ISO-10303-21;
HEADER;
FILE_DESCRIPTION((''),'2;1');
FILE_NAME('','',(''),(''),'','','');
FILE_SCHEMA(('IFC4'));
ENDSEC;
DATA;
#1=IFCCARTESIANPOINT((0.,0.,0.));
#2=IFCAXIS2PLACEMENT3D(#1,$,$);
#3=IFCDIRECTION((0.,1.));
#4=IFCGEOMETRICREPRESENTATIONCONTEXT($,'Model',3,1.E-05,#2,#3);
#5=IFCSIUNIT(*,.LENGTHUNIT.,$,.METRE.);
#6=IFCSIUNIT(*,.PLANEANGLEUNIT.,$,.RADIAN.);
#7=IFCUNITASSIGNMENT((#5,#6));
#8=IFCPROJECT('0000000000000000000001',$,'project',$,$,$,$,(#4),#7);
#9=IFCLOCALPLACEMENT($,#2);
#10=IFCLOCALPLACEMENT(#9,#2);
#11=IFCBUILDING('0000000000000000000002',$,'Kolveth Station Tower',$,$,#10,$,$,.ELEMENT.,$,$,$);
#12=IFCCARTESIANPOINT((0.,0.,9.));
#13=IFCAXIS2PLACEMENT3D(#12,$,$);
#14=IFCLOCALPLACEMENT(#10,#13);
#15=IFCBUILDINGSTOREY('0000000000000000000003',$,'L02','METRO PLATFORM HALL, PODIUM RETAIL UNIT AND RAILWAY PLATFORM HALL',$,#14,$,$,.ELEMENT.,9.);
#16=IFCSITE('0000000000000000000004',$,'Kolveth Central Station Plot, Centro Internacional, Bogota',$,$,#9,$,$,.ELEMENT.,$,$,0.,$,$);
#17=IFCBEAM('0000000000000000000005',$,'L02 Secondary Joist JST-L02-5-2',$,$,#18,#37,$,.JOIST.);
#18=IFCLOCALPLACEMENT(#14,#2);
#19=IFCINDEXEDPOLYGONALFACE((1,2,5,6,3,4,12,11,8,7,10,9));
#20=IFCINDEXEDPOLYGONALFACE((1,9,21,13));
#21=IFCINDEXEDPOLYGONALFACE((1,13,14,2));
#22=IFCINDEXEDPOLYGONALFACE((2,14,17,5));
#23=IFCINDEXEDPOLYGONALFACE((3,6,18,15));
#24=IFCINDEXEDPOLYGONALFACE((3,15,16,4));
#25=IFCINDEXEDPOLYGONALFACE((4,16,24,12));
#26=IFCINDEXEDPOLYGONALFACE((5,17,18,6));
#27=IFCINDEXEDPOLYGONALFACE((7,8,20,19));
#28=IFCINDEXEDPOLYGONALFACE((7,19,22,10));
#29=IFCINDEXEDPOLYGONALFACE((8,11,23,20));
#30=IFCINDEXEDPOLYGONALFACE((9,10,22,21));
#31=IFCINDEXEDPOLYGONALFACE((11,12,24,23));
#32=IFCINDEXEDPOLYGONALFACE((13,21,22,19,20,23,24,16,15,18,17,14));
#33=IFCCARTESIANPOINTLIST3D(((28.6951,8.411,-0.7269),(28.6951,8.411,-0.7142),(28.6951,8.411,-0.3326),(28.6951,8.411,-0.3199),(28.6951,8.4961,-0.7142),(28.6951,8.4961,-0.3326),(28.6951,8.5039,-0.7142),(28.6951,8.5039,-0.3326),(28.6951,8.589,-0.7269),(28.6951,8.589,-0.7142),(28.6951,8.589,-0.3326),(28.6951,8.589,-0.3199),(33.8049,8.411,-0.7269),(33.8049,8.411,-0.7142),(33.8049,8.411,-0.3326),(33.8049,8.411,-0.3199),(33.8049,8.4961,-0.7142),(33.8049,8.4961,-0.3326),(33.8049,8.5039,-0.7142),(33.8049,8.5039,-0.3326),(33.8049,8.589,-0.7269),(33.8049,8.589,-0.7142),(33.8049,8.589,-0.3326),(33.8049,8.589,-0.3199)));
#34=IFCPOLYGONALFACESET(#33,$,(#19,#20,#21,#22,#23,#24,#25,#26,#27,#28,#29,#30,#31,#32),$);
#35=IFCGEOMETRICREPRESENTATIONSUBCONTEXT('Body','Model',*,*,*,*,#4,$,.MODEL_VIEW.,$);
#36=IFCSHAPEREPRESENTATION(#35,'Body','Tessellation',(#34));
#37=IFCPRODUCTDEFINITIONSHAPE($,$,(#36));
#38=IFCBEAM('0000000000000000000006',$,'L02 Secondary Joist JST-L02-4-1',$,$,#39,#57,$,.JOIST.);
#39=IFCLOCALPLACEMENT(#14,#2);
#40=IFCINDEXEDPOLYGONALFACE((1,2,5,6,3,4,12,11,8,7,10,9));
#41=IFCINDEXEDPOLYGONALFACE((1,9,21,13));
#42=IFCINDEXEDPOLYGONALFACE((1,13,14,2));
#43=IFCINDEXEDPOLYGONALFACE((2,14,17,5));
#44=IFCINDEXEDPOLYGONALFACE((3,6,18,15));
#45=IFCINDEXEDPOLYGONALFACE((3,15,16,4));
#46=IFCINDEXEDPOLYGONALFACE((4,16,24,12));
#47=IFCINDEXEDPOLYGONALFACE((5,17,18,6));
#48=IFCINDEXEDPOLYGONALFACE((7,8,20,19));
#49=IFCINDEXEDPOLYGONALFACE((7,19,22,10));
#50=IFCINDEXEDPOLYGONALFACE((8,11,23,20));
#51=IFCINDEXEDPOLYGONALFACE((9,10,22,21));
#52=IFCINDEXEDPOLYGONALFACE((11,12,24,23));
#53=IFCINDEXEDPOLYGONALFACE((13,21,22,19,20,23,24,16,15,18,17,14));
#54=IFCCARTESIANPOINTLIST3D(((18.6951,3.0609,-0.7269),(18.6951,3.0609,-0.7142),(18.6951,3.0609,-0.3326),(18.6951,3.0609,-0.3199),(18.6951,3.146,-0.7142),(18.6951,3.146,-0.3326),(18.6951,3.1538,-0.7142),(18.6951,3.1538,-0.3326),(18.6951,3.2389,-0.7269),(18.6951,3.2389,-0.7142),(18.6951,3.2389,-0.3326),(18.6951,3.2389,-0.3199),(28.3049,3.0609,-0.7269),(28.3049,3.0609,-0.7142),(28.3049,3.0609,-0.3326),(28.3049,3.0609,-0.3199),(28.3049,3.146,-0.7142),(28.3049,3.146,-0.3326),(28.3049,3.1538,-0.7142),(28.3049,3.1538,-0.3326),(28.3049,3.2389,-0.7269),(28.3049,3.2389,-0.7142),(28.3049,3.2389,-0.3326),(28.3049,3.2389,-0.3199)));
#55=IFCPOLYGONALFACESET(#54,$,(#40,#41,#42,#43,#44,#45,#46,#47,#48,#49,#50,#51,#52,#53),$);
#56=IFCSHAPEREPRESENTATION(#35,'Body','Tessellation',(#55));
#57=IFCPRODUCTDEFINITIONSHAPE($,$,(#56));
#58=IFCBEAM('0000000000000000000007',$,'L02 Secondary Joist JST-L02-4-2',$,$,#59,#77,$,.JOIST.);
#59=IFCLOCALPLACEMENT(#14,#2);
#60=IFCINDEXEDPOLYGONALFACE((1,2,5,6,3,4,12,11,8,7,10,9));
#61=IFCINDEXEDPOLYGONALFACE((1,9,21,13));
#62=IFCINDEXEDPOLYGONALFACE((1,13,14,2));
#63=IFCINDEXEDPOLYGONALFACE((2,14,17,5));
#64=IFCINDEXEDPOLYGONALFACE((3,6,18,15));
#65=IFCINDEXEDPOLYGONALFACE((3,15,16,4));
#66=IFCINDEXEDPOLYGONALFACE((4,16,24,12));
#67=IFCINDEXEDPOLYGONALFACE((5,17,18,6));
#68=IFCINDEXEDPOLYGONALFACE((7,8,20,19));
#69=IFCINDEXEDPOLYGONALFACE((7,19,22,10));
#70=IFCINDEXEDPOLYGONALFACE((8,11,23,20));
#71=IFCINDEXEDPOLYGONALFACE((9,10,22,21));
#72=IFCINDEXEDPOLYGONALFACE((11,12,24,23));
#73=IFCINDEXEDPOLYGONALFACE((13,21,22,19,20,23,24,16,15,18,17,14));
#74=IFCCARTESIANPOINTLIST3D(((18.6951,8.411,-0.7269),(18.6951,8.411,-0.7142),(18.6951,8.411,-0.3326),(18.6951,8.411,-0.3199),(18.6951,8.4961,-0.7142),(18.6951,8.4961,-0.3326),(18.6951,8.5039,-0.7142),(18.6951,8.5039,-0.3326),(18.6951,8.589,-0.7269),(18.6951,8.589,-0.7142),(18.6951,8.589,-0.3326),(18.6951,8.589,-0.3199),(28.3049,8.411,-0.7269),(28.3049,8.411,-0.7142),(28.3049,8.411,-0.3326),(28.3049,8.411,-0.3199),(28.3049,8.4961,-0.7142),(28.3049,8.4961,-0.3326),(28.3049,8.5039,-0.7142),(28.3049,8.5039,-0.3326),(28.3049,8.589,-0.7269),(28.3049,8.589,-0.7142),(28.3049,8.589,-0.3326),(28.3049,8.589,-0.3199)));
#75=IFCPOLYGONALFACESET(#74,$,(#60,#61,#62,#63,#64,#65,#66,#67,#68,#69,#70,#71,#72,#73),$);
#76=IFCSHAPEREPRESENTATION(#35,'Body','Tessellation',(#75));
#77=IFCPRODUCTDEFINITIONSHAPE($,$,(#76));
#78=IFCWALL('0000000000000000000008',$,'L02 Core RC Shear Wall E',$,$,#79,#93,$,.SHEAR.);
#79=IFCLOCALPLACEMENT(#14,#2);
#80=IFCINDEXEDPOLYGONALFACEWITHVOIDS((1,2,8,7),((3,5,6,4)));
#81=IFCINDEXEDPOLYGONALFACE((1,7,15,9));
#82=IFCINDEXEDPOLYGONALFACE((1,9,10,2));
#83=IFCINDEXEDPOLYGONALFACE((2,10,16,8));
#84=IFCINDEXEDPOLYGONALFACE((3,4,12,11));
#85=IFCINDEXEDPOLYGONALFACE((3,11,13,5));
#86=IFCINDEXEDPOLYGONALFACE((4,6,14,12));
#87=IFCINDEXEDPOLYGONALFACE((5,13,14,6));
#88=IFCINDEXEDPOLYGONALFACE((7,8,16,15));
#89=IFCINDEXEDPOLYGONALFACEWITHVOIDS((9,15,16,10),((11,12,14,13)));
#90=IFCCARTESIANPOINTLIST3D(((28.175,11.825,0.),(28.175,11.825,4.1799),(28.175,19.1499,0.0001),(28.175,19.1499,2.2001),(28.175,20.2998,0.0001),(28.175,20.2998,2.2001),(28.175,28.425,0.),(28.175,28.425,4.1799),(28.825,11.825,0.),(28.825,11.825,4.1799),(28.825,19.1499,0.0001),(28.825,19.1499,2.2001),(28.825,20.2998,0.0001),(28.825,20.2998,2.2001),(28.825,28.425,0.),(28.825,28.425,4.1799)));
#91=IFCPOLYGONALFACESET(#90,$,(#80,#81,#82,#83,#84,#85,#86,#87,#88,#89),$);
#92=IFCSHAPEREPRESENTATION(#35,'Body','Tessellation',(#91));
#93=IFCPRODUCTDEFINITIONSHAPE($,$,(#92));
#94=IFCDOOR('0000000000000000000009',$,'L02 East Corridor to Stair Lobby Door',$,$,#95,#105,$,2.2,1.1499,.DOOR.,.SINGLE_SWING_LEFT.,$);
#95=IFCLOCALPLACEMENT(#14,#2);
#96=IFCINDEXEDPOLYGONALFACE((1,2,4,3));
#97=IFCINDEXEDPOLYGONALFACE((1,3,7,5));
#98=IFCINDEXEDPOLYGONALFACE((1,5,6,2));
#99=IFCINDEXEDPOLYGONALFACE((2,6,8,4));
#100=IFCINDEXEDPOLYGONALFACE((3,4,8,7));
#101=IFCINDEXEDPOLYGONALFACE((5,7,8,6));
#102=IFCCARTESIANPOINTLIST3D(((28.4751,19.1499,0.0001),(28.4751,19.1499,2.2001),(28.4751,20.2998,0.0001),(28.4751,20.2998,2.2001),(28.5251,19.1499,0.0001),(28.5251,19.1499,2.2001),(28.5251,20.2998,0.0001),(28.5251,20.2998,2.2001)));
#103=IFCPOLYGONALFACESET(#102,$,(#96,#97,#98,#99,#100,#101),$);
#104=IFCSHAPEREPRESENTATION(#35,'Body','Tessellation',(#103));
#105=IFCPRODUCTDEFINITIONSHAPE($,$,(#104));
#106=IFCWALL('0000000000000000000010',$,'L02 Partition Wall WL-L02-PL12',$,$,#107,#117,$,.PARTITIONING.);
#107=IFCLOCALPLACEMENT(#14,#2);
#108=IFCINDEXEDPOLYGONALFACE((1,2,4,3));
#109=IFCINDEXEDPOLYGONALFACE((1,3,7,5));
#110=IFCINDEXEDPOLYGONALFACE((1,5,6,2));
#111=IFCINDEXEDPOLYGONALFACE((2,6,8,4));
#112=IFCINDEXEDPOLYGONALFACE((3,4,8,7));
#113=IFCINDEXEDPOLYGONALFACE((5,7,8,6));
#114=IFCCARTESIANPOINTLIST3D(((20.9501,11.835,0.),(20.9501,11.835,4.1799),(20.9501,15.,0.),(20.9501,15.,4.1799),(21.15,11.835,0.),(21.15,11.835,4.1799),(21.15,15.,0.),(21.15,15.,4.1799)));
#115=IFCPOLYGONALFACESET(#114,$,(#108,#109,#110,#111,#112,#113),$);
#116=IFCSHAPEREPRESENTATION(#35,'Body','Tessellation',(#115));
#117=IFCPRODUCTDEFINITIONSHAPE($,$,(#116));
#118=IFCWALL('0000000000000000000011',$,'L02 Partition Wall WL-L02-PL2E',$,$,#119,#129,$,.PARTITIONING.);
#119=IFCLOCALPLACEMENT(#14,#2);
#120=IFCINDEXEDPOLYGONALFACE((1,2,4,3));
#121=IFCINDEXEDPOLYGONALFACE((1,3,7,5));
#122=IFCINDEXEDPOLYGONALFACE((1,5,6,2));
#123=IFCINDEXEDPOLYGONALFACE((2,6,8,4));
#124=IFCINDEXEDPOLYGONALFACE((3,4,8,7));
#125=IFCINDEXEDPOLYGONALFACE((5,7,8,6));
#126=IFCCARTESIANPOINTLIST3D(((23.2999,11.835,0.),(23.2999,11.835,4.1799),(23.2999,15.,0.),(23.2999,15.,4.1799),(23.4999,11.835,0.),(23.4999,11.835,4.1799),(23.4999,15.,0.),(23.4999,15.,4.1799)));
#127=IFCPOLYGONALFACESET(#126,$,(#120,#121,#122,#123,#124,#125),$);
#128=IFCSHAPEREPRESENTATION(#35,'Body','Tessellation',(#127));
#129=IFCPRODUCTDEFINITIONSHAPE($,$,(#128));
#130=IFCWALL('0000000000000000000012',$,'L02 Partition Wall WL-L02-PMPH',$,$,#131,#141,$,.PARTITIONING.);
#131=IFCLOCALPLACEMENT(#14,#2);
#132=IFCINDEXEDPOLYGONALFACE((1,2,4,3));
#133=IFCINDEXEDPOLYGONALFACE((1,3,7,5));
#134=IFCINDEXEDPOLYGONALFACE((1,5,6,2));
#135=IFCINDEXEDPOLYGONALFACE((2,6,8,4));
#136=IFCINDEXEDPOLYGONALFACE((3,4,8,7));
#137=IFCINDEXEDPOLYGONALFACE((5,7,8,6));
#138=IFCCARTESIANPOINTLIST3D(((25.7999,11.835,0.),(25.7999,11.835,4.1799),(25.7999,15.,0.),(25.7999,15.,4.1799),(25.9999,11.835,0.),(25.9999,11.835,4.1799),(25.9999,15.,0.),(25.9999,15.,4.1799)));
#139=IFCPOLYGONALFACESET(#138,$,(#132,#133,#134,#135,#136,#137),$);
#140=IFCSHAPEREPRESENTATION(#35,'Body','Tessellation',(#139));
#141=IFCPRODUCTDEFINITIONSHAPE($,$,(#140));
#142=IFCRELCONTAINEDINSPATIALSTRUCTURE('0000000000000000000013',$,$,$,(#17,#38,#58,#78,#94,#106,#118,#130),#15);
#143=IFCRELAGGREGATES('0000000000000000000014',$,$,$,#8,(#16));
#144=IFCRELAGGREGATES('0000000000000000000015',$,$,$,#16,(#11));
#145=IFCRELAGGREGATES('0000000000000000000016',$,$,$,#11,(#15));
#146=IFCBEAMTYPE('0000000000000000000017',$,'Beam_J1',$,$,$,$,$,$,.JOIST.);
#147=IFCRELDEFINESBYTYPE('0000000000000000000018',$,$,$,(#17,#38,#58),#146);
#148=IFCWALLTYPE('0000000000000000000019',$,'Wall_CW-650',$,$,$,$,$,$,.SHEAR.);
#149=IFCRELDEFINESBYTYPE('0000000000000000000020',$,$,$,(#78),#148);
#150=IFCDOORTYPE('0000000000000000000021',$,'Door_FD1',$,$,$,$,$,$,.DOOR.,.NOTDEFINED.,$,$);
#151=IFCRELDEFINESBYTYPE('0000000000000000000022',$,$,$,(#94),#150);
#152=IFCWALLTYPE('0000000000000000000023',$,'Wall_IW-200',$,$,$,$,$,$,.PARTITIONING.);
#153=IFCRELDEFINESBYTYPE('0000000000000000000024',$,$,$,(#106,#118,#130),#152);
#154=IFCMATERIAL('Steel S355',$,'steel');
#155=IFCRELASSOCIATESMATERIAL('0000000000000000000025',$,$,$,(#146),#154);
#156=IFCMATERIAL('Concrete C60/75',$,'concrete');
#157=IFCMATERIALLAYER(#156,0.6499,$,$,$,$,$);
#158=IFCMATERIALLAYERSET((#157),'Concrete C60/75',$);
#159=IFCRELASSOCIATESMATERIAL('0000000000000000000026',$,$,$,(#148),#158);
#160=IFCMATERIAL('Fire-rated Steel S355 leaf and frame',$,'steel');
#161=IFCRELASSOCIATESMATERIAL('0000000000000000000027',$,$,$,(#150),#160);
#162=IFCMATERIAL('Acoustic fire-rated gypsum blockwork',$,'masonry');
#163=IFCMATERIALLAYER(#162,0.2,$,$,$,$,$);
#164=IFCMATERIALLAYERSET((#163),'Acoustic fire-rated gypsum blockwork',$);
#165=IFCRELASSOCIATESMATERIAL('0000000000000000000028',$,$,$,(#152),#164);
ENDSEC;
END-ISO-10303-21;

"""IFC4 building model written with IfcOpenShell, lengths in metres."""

from ifc_helpers import new_model, si_unit, direction, frame, frame_2d, origin, origin_2d, place, context, subcontext, project, spatial, rectangle, i_section, extrude, source, transform, mapped, material, layer, layer_set, material_profile, profile_set, type_object, element, fill, save


model = new_model("IFC4")

# Units and contexts
model_context = context("Model", 3, precision=1e-05, world=origin(), true_north=direction((0.0, 1.0)))
body_context = subcontext(model_context, "Body", "Model", "MODEL_VIEW")
ifc_project = project(units=[si_unit("LENGTHUNIT", "METRE"), si_unit("PLANEANGLEUNIT", "RADIAN")], contexts=[model_context])

# Site, building, storey
site_placement = place(None, origin())
site = spatial("IfcSite", under=ifc_project, at=site_placement, Name="Kolveth Central Station Plot, Centro Internacional, Bogota", CompositionType="ELEMENT", RefElevation=0.0)
building_placement = place(site_placement, origin())
building = spatial("IfcBuilding", under=site, at=building_placement, Name="Kolveth Station Tower", CompositionType="ELEMENT")
storey_placement = place(building_placement, frame((0.0, 0.0, 9.0)))
storey = spatial("IfcBuildingStorey", under=building, at=storey_placement, Name="L02", Description="METRO PLATFORM HALL, PODIUM RETAIL UNIT AND RAILWAY PLATFORM HALL", CompositionType="ELEMENT", Elevation=9.0)

# Beams
ifc_material_1 = material(Name="Steel S355", Category="steel")
ifc_material_2 = material(Name="Concrete C60/75", Category="concrete")
ifc_material_profile_1 = material_profile(ifc_material_1, i_section(OverallWidth=0.178, OverallDepth=0.407, WebThickness=0.0078, FlangeThickness=0.0127, at=origin_2d()), Name="W410x60")
ifc_profile_set_1 = profile_set([ifc_material_profile_1], Name="Steel S355")
beam_type_1 = type_object("IfcBeamType", Name="Beam_J1", PredefinedType="JOIST", material=ifc_profile_set_1)
shared_shape_1 = source(origin(), body_context, "Body", "SweptSolid", [
    extrude(i_section(OverallWidth=0.178, OverallDepth=0.407, WebThickness=0.0078, FlangeThickness=0.0127, at=origin_2d()), origin(), (0.0, 0.0, 1.0), 5.1099),
])
for number, where, z_axis, x_axis, name in (
    (1, (28.6951, 8.5, -0.5234), (1.0, 0.0, 0.0), (0.0, 1.0, 0.0), "L02 Secondary Joist JST-L02-5-2"),
):
    element("IfcBeam", number, at=place(storey_placement, frame(where, z_axis=z_axis, x_axis=x_axis)), inside=storey, type_object=beam_type_1, Name=name, PredefinedType="JOIST", context=body_context, shape_type="MappedRepresentation", body=[
        mapped(shared_shape_1, transform((0.0, 0.0, 0.0), x_axis=(1.0, 0.0, 0.0), y_axis=(0.0, 1.0, 0.0), z_axis=(0.0, 0.0, 1.0), scale=1.0)),
    ])
shared_shape_2 = source(origin(), body_context, "Body", "SweptSolid", [
    extrude(i_section(OverallWidth=0.178, OverallDepth=0.407, WebThickness=0.0078, FlangeThickness=0.0127, at=origin_2d()), origin(), (0.0, 0.0, 1.0), 9.6099),
])
for number, where, z_axis, x_axis, name in (
    (2, (18.6951, 3.1499, -0.5234), (1.0, 0.0, 0.0), (0.0, 1.0, 0.0), "L02 Secondary Joist JST-L02-4-1"),
    (3, (18.6951, 8.5, -0.5234), (1.0, 0.0, 0.0), (0.0, 1.0, 0.0), "L02 Secondary Joist JST-L02-4-2"),
):
    element("IfcBeam", number, at=place(storey_placement, frame(where, z_axis=z_axis, x_axis=x_axis)), inside=storey, type_object=beam_type_1, Name=name, PredefinedType="JOIST", context=body_context, shape_type="MappedRepresentation", body=[
        mapped(shared_shape_2, transform((0.0, 0.0, 0.0), x_axis=(1.0, 0.0, 0.0), y_axis=(0.0, 1.0, 0.0), z_axis=(0.0, 0.0, 1.0), scale=1.0)),
    ])

# Wall, opening, door
ifc_layer_1 = layer(ifc_material_2, 0.6499)
ifc_layer_set_1 = layer_set([ifc_layer_1], Name="Concrete C60/75")
wall_type_1 = type_object("IfcWallType", Name="Wall_CW-650", PredefinedType="SHEAR", material=ifc_layer_set_1)
wall_placement = place(storey_placement, frame((28.5, 11.825, 0.0), z_axis=(0.0, 0.0, 1.0), x_axis=(0.0, 1.0, 0.0)))
wall = element("IfcWall", 4, at=wall_placement, inside=storey, type_object=wall_type_1, Name="L02 Core RC Shear Wall E", PredefinedType="SHEAR", context=body_context, shape_type="SweptSolid", body=[
    extrude(rectangle(XDim=16.6001, YDim=0.6499, at=frame_2d((8.3, 0.0))), origin(), (0.0, 0.0, 1.0), 4.1799),
])
opening_placement = place(wall_placement, frame((7.325, 0.0, 0.0)))
opening = element("IfcOpeningElement", 5, at=opening_placement, cuts=wall, PredefinedType="OPENING", context=body_context, shape_type="SweptSolid", body=[
    extrude(rectangle(XDim=1.1499, YDim=2.2, at=frame_2d((0.575, 1.1001))), frame((0.0, 0.335, 0.0), z_axis=(0.0, -1.0, 0.0), x_axis=(1.0, 0.0, 0.0)), (0.0, 0.0, 1.0), 0.6699),
])
ifc_material_3 = material(Name="Fire-rated Steel S355 leaf and frame", Category="steel")
door_type = type_object("IfcDoorType", Name="Door_FD1", OperationType="NOTDEFINED", PredefinedType="DOOR", material=ifc_material_3)
door_placement = place(opening_placement, origin())
door = element("IfcDoor", 6, at=door_placement, inside=storey, type_object=door_type, Name="L02 East Corridor to Stair Lobby Door", OperationType="SINGLE_SWING_LEFT", OverallHeight=2.2, OverallWidth=1.1499, PredefinedType="DOOR", context=body_context, shape_type="SweptSolid", body=[
    extrude(rectangle(XDim=1.1499, YDim=2.2, at=frame_2d((0.575, 1.1001))), frame((0.0, 0.0249, 0.0), z_axis=(0.0, -1.0, 0.0), x_axis=(1.0, 0.0, 0.0)), (0.0, 0.0, 1.0), 0.05),
])
fill(opening, door)

# Walls
ifc_material_4 = material(Name="Acoustic fire-rated gypsum blockwork", Category="masonry")
ifc_layer_2 = layer(ifc_material_4, 0.2)
ifc_layer_set_2 = layer_set([ifc_layer_2], Name="Acoustic fire-rated gypsum blockwork")
wall_type_2 = type_object("IfcWallType", Name="Wall_IW-200", PredefinedType="PARTITIONING", material=ifc_layer_set_2)
for number, where, z_axis, x_axis, name in (
    (7, (21.05, 11.835, 0.0), (0.0, 0.0, 1.0), (0.0, 1.0, 0.0), "L02 Partition Wall WL-L02-PL12"),
    (8, (23.3999, 11.835, 0.0), (0.0, 0.0, 1.0), (0.0, 1.0, 0.0), "L02 Partition Wall WL-L02-PL2E"),
    (9, (25.8999, 11.835, 0.0), (0.0, 0.0, 1.0), (0.0, 1.0, 0.0), "L02 Partition Wall WL-L02-PMPH"),
):
    element("IfcWall", number, at=place(storey_placement, frame(where, z_axis=z_axis, x_axis=x_axis)), inside=storey, type_object=wall_type_2, Name=name, PredefinedType="PARTITIONING", context=body_context, shape_type="SweptSolid", body=[
        extrude(rectangle(XDim=3.165, YDim=0.2, at=frame_2d((1.5825, 0.0))), origin(), (0.0, 0.0, 1.0), 4.1799),
    ])

save(model, "model.ifc")
